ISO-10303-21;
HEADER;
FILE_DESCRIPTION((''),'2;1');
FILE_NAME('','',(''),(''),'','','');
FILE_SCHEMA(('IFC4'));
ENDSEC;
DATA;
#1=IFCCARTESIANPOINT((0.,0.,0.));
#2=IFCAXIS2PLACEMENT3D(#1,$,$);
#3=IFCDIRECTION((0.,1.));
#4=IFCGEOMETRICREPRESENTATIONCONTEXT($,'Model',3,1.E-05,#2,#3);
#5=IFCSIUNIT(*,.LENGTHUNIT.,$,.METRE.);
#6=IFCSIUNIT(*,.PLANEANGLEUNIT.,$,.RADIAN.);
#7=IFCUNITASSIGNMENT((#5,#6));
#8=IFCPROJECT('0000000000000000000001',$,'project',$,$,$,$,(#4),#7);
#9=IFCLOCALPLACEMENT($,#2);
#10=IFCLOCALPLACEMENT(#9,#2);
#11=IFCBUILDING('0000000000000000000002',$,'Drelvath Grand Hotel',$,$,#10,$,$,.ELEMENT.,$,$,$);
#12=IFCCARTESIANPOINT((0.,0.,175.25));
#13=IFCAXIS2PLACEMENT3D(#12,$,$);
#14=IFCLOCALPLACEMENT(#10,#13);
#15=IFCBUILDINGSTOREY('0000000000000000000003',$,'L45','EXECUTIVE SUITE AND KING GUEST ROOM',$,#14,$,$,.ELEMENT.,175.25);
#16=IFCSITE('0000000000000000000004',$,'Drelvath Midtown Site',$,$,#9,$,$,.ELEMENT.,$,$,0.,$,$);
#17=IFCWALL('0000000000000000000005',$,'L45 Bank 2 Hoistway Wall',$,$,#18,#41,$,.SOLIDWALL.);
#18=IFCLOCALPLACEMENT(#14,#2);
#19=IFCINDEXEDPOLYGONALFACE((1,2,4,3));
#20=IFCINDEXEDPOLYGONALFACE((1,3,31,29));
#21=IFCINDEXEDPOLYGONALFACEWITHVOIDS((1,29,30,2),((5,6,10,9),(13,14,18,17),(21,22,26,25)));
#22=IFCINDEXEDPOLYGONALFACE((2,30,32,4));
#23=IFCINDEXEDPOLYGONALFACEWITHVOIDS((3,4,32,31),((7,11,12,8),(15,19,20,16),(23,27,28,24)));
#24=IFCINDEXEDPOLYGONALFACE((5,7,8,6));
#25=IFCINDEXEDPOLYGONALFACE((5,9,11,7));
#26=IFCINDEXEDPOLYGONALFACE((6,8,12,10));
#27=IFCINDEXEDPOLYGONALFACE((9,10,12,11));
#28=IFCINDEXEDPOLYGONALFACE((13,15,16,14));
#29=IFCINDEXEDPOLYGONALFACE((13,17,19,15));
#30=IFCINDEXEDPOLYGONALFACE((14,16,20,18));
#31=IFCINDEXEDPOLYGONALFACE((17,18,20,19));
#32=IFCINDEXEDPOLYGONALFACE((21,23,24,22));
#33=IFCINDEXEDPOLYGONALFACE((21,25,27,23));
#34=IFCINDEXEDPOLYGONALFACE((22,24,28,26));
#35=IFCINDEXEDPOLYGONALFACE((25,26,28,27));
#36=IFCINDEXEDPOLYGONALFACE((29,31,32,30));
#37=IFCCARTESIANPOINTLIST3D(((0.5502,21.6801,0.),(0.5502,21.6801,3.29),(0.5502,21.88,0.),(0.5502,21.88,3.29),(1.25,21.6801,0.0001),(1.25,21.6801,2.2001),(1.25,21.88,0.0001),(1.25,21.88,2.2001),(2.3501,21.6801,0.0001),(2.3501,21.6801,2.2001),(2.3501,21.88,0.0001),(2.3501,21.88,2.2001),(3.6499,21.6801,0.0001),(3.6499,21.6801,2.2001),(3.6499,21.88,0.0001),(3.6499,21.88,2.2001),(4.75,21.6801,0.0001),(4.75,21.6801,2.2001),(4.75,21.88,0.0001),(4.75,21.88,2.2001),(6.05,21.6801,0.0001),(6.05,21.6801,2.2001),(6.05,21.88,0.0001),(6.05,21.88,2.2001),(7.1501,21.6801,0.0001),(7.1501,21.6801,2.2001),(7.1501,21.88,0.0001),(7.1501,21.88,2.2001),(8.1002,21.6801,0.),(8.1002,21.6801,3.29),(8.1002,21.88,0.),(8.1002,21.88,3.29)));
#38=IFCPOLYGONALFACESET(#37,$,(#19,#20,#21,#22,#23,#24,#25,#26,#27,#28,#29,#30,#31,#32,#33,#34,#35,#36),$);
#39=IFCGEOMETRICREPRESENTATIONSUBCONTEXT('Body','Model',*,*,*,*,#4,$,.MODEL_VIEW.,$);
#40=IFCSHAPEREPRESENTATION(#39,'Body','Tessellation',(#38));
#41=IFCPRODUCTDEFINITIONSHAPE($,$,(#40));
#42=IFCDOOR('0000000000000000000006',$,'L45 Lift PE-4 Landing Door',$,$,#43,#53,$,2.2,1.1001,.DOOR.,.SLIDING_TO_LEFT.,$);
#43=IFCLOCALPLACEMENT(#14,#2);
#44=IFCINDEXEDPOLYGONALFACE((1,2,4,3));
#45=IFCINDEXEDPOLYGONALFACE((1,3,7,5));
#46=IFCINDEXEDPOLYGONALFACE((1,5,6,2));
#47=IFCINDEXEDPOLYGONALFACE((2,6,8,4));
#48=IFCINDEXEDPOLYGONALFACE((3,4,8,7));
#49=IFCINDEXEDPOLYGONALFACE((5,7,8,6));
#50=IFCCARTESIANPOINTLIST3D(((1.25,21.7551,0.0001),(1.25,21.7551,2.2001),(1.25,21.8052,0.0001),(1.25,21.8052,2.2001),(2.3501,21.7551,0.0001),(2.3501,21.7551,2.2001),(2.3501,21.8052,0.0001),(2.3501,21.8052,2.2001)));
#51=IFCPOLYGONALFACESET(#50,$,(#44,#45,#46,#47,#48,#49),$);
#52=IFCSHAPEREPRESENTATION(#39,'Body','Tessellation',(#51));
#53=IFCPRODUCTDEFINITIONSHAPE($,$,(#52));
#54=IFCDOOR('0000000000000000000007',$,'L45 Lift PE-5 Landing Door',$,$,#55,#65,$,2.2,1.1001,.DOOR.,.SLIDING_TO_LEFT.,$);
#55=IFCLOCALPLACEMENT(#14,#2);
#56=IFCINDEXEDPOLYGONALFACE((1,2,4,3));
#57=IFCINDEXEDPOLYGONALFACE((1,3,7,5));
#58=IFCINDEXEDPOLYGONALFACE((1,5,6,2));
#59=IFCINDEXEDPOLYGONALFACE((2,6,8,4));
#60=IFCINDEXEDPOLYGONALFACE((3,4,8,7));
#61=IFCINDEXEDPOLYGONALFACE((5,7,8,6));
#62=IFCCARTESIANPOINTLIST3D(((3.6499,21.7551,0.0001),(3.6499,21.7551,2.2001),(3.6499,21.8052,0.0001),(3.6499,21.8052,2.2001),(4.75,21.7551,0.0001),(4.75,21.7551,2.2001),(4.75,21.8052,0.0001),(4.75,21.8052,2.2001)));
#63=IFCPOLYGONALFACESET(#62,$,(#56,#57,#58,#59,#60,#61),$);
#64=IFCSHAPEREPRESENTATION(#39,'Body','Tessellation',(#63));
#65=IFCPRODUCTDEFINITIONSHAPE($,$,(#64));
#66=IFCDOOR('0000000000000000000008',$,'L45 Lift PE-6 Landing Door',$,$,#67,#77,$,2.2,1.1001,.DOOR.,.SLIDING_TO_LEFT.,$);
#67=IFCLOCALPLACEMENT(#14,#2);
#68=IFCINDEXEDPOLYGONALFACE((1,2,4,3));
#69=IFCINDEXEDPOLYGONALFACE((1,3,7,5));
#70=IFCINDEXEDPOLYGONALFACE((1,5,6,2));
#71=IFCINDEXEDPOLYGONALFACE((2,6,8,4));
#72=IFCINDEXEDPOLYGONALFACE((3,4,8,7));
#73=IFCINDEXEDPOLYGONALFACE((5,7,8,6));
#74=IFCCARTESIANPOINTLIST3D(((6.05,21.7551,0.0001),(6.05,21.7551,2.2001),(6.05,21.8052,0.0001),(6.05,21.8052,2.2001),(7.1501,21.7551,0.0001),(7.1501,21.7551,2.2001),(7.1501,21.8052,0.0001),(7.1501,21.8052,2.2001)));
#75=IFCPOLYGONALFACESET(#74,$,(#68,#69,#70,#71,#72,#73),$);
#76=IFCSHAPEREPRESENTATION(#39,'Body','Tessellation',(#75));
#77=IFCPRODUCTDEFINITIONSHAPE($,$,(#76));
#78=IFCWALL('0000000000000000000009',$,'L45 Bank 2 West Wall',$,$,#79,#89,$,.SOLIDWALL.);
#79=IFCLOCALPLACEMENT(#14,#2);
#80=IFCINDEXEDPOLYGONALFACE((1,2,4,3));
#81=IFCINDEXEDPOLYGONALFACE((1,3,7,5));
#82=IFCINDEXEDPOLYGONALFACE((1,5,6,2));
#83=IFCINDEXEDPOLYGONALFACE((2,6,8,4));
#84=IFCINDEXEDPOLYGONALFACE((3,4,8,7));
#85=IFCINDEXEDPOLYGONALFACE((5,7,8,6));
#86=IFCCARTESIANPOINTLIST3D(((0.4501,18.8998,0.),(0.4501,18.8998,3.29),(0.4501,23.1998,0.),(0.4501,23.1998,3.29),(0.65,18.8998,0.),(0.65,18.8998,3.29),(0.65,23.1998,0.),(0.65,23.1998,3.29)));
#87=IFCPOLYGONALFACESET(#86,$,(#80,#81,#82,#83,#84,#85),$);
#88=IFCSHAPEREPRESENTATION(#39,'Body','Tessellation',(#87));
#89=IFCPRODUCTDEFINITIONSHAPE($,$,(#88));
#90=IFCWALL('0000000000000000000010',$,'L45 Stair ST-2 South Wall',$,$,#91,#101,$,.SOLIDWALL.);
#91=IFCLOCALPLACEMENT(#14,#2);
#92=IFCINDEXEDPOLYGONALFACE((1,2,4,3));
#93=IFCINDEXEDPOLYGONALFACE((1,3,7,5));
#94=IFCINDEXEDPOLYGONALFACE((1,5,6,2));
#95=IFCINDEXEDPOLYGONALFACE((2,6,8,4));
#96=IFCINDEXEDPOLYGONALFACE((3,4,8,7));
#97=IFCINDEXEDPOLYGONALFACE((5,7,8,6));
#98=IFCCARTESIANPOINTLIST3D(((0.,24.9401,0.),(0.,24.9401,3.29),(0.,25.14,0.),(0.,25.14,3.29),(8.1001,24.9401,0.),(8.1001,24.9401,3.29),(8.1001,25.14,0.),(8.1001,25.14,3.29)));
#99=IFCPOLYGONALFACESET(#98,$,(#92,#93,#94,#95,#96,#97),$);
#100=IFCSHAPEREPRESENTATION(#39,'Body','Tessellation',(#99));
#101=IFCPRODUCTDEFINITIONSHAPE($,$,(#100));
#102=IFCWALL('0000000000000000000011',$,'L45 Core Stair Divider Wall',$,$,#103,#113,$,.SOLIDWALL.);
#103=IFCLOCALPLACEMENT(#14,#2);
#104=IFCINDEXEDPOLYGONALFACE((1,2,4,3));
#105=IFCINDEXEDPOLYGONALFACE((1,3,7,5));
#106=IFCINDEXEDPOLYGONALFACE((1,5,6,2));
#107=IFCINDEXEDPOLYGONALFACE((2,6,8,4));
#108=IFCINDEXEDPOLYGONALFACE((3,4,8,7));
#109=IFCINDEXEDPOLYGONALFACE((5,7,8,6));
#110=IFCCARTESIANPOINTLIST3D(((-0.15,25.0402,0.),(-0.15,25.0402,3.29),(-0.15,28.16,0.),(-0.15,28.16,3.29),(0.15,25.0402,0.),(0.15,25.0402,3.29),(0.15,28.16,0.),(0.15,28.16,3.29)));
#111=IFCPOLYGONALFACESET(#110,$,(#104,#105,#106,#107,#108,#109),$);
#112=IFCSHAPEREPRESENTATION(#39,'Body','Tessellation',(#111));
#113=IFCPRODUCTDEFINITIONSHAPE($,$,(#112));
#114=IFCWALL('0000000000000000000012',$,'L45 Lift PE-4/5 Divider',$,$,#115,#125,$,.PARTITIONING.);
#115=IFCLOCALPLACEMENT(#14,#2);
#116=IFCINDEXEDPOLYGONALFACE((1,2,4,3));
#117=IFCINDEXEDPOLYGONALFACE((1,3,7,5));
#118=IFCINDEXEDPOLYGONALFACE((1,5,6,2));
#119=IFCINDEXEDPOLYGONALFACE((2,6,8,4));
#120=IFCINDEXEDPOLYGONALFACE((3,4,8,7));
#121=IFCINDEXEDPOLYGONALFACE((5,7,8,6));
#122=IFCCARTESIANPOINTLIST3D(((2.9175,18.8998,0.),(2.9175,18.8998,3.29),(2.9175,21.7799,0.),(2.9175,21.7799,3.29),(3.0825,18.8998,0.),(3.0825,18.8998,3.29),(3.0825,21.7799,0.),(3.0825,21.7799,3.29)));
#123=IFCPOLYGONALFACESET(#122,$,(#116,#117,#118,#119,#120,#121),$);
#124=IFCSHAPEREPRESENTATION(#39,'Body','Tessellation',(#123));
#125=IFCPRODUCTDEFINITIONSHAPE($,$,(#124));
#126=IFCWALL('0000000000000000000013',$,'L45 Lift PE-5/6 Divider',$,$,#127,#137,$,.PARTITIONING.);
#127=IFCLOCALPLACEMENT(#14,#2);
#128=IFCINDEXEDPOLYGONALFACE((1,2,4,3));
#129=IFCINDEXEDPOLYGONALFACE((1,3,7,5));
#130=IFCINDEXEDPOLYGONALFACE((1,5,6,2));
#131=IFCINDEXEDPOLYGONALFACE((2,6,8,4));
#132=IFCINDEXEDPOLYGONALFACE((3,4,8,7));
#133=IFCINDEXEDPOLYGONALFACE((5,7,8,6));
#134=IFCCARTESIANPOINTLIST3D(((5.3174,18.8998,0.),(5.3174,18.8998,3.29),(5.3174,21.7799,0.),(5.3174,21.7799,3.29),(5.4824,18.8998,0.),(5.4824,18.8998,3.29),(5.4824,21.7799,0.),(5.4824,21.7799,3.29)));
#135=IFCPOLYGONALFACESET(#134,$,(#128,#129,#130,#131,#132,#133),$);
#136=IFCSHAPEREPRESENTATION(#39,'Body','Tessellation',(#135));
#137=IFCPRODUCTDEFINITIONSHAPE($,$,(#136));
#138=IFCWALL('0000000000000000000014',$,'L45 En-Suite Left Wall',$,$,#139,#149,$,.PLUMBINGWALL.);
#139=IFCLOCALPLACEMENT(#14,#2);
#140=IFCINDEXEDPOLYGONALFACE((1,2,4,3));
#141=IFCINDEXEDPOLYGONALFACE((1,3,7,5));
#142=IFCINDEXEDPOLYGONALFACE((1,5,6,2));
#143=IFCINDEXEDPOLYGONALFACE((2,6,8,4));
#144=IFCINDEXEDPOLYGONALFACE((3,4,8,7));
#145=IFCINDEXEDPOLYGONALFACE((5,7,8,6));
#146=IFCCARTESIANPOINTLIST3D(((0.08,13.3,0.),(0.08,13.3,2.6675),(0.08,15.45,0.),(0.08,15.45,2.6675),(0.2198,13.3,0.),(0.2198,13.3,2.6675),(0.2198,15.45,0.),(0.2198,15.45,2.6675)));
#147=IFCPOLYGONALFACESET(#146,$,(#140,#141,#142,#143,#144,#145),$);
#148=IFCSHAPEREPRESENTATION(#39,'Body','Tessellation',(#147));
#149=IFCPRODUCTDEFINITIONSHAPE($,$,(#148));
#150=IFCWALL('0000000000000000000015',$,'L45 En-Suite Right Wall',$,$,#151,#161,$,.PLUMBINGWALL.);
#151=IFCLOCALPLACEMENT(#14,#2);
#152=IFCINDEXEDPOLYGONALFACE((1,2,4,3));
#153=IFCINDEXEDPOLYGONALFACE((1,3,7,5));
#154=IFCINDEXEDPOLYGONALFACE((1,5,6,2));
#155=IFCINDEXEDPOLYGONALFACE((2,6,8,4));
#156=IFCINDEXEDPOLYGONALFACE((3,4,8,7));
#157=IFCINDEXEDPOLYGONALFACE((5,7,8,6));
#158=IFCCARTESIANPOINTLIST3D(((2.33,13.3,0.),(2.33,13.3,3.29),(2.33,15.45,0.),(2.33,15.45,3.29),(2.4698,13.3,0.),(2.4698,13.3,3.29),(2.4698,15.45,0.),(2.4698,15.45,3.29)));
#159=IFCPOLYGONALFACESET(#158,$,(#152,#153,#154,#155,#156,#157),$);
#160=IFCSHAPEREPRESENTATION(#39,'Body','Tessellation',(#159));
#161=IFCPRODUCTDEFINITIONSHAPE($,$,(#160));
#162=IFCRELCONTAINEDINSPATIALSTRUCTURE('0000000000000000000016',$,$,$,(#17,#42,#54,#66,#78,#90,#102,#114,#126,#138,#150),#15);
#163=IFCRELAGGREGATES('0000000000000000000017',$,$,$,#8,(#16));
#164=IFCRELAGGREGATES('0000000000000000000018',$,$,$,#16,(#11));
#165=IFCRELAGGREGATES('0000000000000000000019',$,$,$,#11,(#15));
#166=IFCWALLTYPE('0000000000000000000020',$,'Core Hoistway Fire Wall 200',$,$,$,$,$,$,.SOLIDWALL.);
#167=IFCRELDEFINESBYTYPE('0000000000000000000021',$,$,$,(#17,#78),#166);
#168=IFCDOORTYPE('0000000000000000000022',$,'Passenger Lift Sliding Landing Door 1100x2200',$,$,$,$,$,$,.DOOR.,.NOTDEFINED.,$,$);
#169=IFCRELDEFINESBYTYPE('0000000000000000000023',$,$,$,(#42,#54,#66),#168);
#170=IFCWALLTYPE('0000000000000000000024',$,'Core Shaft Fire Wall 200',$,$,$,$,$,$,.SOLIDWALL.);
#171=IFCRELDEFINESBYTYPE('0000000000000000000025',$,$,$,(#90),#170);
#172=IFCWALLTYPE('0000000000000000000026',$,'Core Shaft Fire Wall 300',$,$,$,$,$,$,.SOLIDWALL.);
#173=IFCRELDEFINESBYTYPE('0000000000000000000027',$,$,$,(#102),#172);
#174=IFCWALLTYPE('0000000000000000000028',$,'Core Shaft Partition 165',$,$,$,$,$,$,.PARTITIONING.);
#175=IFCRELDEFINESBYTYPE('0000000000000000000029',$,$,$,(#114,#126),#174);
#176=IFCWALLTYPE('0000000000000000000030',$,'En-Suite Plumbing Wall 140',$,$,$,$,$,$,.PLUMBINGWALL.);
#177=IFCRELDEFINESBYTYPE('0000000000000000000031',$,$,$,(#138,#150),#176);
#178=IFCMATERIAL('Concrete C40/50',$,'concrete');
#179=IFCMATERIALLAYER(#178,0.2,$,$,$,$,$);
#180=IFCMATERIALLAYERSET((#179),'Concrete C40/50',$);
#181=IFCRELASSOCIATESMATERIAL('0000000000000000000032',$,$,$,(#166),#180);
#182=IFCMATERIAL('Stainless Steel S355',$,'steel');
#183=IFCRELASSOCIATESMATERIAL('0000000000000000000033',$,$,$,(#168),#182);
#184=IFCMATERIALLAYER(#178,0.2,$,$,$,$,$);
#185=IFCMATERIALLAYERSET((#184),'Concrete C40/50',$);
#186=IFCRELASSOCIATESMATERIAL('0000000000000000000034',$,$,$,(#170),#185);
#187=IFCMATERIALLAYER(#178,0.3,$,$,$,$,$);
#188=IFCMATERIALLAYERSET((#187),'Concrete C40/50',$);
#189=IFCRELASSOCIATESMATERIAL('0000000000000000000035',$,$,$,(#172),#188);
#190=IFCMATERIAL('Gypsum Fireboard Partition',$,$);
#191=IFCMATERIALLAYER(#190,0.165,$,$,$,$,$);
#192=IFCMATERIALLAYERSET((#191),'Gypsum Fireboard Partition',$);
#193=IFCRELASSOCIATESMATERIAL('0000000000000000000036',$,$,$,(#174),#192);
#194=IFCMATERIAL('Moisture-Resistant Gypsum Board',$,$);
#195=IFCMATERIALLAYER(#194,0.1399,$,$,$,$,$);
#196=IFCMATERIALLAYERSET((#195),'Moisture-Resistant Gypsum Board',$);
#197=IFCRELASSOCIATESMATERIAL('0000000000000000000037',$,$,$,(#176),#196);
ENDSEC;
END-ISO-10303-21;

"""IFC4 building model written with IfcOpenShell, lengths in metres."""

from ifc_helpers import new_model, si_unit, direction, frame, frame_2d, origin, place, context, subcontext, project, spatial, rectangle, extrude, material, layer, layer_set, type_object, element, fill, save


model = new_model("IFC4")

# Units and contexts
model_context = context("Model", 3, precision=1e-05, world=origin(), true_north=direction((0.0, 1.0)))
body_context = subcontext(model_context, "Body", "Model", "MODEL_VIEW")
ifc_project = project(units=[si_unit("LENGTHUNIT", "METRE"), si_unit("PLANEANGLEUNIT", "RADIAN")], contexts=[model_context])

# Site, building, storey
site_placement = place(None, origin())
site = spatial("IfcSite", under=ifc_project, at=site_placement, Name="Drelvath Midtown Site", CompositionType="ELEMENT", RefElevation=0.0)
building_placement = place(site_placement, origin())
building = spatial("IfcBuilding", under=site, at=building_placement, Name="Drelvath Grand Hotel", CompositionType="ELEMENT")
storey_placement = place(building_placement, frame((0.0, 0.0, 175.25)))
storey = spatial("IfcBuildingStorey", under=building, at=storey_placement, Name="L45", Description="EXECUTIVE SUITE AND KING GUEST ROOM", CompositionType="ELEMENT", Elevation=175.25)

# Wall, openings, doors
ifc_material_1 = material(Name="Concrete C40/50", Category="concrete")
ifc_layer_1 = layer(ifc_material_1, 0.2)
ifc_layer_set_1 = layer_set([ifc_layer_1], Name="Concrete C40/50")
wall_type_1 = type_object("IfcWallType", Name="Core Hoistway Fire Wall 200", PredefinedType="SOLIDWALL", material=ifc_layer_set_1)
wall_1_placement = place(storey_placement, frame((8.1001, 21.78, 0.0), z_axis=(0.0, 0.0, 1.0), x_axis=(-1.0, 0.0, 0.0)))
wall_1 = element("IfcWall", 1, at=wall_1_placement, inside=storey, type_object=wall_type_1, Name="L45 Bank 2 Hoistway Wall", PredefinedType="SOLIDWALL", context=body_context, shape_type="SweptSolid", body=[
    extrude(rectangle(XDim=7.55, YDim=0.2, at=frame_2d((3.7749, 0.0))), origin(), (0.0, 0.0, 1.0), 3.29),
])
opening_1_placement = place(wall_1_placement, frame((5.75, 0.0, 0.0)))
opening_1 = element("IfcOpeningElement", 2, at=opening_1_placement, cuts=wall_1, PredefinedType="OPENING", context=body_context, shape_type="SweptSolid", body=[
    extrude(rectangle(XDim=1.1001, YDim=2.2, at=frame_2d((0.55, 1.1001))), frame((0.0, 0.1099, 0.0), z_axis=(0.0, -1.0, 0.0), x_axis=(1.0, 0.0, 0.0)), (0.0, 0.0, 1.0), 0.22),
])
opening_2_placement = place(wall_1_placement, frame((3.3501, 0.0, 0.0)))
opening_2 = element("IfcOpeningElement", 3, at=opening_2_placement, cuts=wall_1, PredefinedType="OPENING", context=body_context, shape_type="SweptSolid", body=[
    extrude(rectangle(XDim=1.1001, YDim=2.2, at=frame_2d((0.55, 1.1001))), frame((0.0, 0.1099, 0.0), z_axis=(0.0, -1.0, 0.0), x_axis=(1.0, 0.0, 0.0)), (0.0, 0.0, 1.0), 0.22),
])
opening_3_placement = place(wall_1_placement, frame((0.95, 0.0, 0.0)))
opening_3 = element("IfcOpeningElement", 4, at=opening_3_placement, cuts=wall_1, PredefinedType="OPENING", context=body_context, shape_type="SweptSolid", body=[
    extrude(rectangle(XDim=1.1001, YDim=2.2, at=frame_2d((0.55, 1.1001))), frame((0.0, 0.1099, 0.0), z_axis=(0.0, -1.0, 0.0), x_axis=(1.0, 0.0, 0.0)), (0.0, 0.0, 1.0), 0.22),
])
ifc_material_2 = material(Name="Stainless Steel S355", Category="steel")
door_type_1 = type_object("IfcDoorType", Name="Passenger Lift Sliding Landing Door 1100x2200", OperationType="NOTDEFINED", PredefinedType="DOOR", material=ifc_material_2)
door_1_placement = place(opening_1_placement, origin())
door_1 = element("IfcDoor", 5, at=door_1_placement, inside=storey, type_object=door_type_1, Name="L45 Lift PE-4 Landing Door", OperationType="SLIDING_TO_LEFT", OverallHeight=2.2, OverallWidth=1.1001, PredefinedType="DOOR", context=body_context, shape_type="SweptSolid", body=[
    extrude(rectangle(XDim=1.1001, YDim=2.2, at=frame_2d((0.55, 1.1001))), frame((0.0, 0.0249, 0.0), z_axis=(0.0, -1.0, 0.0), x_axis=(1.0, 0.0, 0.0)), (0.0, 0.0, 1.0), 0.05),
])
fill(opening_1, door_1)
door_2_placement = place(opening_2_placement, origin())
door_2 = element("IfcDoor", 6, at=door_2_placement, inside=storey, type_object=door_type_1, Name="L45 Lift PE-5 Landing Door", OperationType="SLIDING_TO_LEFT", OverallHeight=2.2, OverallWidth=1.1001, PredefinedType="DOOR", context=body_context, shape_type="SweptSolid", body=[
    extrude(rectangle(XDim=1.1001, YDim=2.2, at=frame_2d((0.55, 1.1001))), frame((0.0, 0.0249, 0.0), z_axis=(0.0, -1.0, 0.0), x_axis=(1.0, 0.0, 0.0)), (0.0, 0.0, 1.0), 0.05),
])
fill(opening_2, door_2)
door_3_placement = place(opening_3_placement, origin())
door_3 = element("IfcDoor", 7, at=door_3_placement, inside=storey, type_object=door_type_1, Name="L45 Lift PE-6 Landing Door", OperationType="SLIDING_TO_LEFT", OverallHeight=2.2, OverallWidth=1.1001, PredefinedType="DOOR", context=body_context, shape_type="SweptSolid", body=[
    extrude(rectangle(XDim=1.1001, YDim=2.2, at=frame_2d((0.55, 1.1001))), frame((0.0, 0.0249, 0.0), z_axis=(0.0, -1.0, 0.0), x_axis=(1.0, 0.0, 0.0)), (0.0, 0.0, 1.0), 0.05),
])
fill(opening_3, door_3)

# Walls
wall_2_placement = place(storey_placement, frame((0.55, 18.8999, 0.0), z_axis=(0.0, 0.0, 1.0), x_axis=(0.0, 1.0, 0.0)))
element("IfcWall", 8, at=wall_2_placement, inside=storey, type_object=wall_type_1, Name="L45 Bank 2 West Wall", PredefinedType="SOLIDWALL", context=body_context, shape_type="SweptSolid", body=[
    extrude(rectangle(XDim=4.3, YDim=0.2, at=frame_2d((2.1499, 0.0))), origin(), (0.0, 0.0, 1.0), 3.29),
])
ifc_layer_2 = layer(ifc_material_1, 0.2)
ifc_layer_set_2 = layer_set([ifc_layer_2], Name="Concrete C40/50")
wall_type_2 = type_object("IfcWallType", Name="Core Shaft Fire Wall 200", PredefinedType="SOLIDWALL", material=ifc_layer_set_2)
wall_3_placement = place(storey_placement, frame((0.0, 25.04, 0.0), z_axis=(0.0, 0.0, 1.0), x_axis=(1.0, 0.0, 0.0)))
element("IfcWall", 9, at=wall_3_placement, inside=storey, type_object=wall_type_2, Name="L45 Stair ST-2 South Wall", PredefinedType="SOLIDWALL", context=body_context, shape_type="SweptSolid", body=[
    extrude(rectangle(XDim=8.1001, YDim=0.2, at=frame_2d((4.05, 0.0))), origin(), (0.0, 0.0, 1.0), 3.29),
])
ifc_layer_3 = layer(ifc_material_1, 0.3)
ifc_layer_set_3 = layer_set([ifc_layer_3], Name="Concrete C40/50")
wall_type_3 = type_object("IfcWallType", Name="Core Shaft Fire Wall 300", PredefinedType="SOLIDWALL", material=ifc_layer_set_3)
wall_4_placement = place(storey_placement, frame((0.0, 25.04, 0.0), z_axis=(0.0, 0.0, 1.0), x_axis=(0.0, 1.0, 0.0)))
element("IfcWall", 10, at=wall_4_placement, inside=storey, type_object=wall_type_3, Name="L45 Core Stair Divider Wall", PredefinedType="SOLIDWALL", context=body_context, shape_type="SweptSolid", body=[
    extrude(rectangle(XDim=3.1199, YDim=0.3, at=frame_2d((1.5601, 0.0))), origin(), (0.0, 0.0, 1.0), 3.29),
])
ifc_material_3 = material(Name="Gypsum Fireboard Partition")
ifc_layer_4 = layer(ifc_material_3, 0.165)
ifc_layer_set_4 = layer_set([ifc_layer_4], Name="Gypsum Fireboard Partition")
wall_type_4 = type_object("IfcWallType", Name="Core Shaft Partition 165", PredefinedType="PARTITIONING", material=ifc_layer_set_4)
for number, where, z_axis, x_axis, name in (
    (11, (3.0, 18.8999, 0.0), (0.0, 0.0, 1.0), (0.0, 1.0, 0.0), "L45 Lift PE-4/5 Divider"),
    (12, (5.3999, 18.8999, 0.0), (0.0, 0.0, 1.0), (0.0, 1.0, 0.0), "L45 Lift PE-5/6 Divider"),
):
    element("IfcWall", number, at=place(storey_placement, frame(where, z_axis=z_axis, x_axis=x_axis)), inside=storey, type_object=wall_type_4, Name=name, PredefinedType="PARTITIONING", context=body_context, shape_type="SweptSolid", body=[
        extrude(rectangle(XDim=2.8801, YDim=0.165, at=frame_2d((1.4399, 0.0))), origin(), (0.0, 0.0, 1.0), 3.29),
    ])
ifc_material_4 = material(Name="Moisture-Resistant Gypsum Board")
ifc_layer_5 = layer(ifc_material_4, 0.1399)
ifc_layer_set_5 = layer_set([ifc_layer_5], Name="Moisture-Resistant Gypsum Board")
wall_type_5 = type_object("IfcWallType", Name="En-Suite Plumbing Wall 140", PredefinedType="PLUMBINGWALL", material=ifc_layer_set_5)
wall_5_placement = place(storey_placement, frame((0.1499, 15.45, 0.0), z_axis=(0.0, 0.0, 1.0), x_axis=(0.0, -1.0, 0.0)))
element("IfcWall", 13, at=wall_5_placement, inside=storey, type_object=wall_type_5, Name="L45 En-Suite Left Wall", PredefinedType="PLUMBINGWALL", context=body_context, shape_type="SweptSolid", body=[
    extrude(rectangle(XDim=2.1499, YDim=0.1399, at=frame_2d((1.075, 0.0))), origin(), (0.0, 0.0, 1.0), 2.6675),
])
wall_6_placement = place(storey_placement, frame((2.3999, 15.45, 0.0), z_axis=(0.0, 0.0, 1.0), x_axis=(0.0, -1.0, 0.0)))
element("IfcWall", 14, at=wall_6_placement, inside=storey, type_object=wall_type_5, Name="L45 En-Suite Right Wall", PredefinedType="PLUMBINGWALL", context=body_context, shape_type="SweptSolid", body=[
    extrude(rectangle(XDim=2.1499, YDim=0.1399, at=frame_2d((1.075, 0.0))), origin(), (0.0, 0.0, 1.0), 3.29),
])

save(model, "model.ifc")
